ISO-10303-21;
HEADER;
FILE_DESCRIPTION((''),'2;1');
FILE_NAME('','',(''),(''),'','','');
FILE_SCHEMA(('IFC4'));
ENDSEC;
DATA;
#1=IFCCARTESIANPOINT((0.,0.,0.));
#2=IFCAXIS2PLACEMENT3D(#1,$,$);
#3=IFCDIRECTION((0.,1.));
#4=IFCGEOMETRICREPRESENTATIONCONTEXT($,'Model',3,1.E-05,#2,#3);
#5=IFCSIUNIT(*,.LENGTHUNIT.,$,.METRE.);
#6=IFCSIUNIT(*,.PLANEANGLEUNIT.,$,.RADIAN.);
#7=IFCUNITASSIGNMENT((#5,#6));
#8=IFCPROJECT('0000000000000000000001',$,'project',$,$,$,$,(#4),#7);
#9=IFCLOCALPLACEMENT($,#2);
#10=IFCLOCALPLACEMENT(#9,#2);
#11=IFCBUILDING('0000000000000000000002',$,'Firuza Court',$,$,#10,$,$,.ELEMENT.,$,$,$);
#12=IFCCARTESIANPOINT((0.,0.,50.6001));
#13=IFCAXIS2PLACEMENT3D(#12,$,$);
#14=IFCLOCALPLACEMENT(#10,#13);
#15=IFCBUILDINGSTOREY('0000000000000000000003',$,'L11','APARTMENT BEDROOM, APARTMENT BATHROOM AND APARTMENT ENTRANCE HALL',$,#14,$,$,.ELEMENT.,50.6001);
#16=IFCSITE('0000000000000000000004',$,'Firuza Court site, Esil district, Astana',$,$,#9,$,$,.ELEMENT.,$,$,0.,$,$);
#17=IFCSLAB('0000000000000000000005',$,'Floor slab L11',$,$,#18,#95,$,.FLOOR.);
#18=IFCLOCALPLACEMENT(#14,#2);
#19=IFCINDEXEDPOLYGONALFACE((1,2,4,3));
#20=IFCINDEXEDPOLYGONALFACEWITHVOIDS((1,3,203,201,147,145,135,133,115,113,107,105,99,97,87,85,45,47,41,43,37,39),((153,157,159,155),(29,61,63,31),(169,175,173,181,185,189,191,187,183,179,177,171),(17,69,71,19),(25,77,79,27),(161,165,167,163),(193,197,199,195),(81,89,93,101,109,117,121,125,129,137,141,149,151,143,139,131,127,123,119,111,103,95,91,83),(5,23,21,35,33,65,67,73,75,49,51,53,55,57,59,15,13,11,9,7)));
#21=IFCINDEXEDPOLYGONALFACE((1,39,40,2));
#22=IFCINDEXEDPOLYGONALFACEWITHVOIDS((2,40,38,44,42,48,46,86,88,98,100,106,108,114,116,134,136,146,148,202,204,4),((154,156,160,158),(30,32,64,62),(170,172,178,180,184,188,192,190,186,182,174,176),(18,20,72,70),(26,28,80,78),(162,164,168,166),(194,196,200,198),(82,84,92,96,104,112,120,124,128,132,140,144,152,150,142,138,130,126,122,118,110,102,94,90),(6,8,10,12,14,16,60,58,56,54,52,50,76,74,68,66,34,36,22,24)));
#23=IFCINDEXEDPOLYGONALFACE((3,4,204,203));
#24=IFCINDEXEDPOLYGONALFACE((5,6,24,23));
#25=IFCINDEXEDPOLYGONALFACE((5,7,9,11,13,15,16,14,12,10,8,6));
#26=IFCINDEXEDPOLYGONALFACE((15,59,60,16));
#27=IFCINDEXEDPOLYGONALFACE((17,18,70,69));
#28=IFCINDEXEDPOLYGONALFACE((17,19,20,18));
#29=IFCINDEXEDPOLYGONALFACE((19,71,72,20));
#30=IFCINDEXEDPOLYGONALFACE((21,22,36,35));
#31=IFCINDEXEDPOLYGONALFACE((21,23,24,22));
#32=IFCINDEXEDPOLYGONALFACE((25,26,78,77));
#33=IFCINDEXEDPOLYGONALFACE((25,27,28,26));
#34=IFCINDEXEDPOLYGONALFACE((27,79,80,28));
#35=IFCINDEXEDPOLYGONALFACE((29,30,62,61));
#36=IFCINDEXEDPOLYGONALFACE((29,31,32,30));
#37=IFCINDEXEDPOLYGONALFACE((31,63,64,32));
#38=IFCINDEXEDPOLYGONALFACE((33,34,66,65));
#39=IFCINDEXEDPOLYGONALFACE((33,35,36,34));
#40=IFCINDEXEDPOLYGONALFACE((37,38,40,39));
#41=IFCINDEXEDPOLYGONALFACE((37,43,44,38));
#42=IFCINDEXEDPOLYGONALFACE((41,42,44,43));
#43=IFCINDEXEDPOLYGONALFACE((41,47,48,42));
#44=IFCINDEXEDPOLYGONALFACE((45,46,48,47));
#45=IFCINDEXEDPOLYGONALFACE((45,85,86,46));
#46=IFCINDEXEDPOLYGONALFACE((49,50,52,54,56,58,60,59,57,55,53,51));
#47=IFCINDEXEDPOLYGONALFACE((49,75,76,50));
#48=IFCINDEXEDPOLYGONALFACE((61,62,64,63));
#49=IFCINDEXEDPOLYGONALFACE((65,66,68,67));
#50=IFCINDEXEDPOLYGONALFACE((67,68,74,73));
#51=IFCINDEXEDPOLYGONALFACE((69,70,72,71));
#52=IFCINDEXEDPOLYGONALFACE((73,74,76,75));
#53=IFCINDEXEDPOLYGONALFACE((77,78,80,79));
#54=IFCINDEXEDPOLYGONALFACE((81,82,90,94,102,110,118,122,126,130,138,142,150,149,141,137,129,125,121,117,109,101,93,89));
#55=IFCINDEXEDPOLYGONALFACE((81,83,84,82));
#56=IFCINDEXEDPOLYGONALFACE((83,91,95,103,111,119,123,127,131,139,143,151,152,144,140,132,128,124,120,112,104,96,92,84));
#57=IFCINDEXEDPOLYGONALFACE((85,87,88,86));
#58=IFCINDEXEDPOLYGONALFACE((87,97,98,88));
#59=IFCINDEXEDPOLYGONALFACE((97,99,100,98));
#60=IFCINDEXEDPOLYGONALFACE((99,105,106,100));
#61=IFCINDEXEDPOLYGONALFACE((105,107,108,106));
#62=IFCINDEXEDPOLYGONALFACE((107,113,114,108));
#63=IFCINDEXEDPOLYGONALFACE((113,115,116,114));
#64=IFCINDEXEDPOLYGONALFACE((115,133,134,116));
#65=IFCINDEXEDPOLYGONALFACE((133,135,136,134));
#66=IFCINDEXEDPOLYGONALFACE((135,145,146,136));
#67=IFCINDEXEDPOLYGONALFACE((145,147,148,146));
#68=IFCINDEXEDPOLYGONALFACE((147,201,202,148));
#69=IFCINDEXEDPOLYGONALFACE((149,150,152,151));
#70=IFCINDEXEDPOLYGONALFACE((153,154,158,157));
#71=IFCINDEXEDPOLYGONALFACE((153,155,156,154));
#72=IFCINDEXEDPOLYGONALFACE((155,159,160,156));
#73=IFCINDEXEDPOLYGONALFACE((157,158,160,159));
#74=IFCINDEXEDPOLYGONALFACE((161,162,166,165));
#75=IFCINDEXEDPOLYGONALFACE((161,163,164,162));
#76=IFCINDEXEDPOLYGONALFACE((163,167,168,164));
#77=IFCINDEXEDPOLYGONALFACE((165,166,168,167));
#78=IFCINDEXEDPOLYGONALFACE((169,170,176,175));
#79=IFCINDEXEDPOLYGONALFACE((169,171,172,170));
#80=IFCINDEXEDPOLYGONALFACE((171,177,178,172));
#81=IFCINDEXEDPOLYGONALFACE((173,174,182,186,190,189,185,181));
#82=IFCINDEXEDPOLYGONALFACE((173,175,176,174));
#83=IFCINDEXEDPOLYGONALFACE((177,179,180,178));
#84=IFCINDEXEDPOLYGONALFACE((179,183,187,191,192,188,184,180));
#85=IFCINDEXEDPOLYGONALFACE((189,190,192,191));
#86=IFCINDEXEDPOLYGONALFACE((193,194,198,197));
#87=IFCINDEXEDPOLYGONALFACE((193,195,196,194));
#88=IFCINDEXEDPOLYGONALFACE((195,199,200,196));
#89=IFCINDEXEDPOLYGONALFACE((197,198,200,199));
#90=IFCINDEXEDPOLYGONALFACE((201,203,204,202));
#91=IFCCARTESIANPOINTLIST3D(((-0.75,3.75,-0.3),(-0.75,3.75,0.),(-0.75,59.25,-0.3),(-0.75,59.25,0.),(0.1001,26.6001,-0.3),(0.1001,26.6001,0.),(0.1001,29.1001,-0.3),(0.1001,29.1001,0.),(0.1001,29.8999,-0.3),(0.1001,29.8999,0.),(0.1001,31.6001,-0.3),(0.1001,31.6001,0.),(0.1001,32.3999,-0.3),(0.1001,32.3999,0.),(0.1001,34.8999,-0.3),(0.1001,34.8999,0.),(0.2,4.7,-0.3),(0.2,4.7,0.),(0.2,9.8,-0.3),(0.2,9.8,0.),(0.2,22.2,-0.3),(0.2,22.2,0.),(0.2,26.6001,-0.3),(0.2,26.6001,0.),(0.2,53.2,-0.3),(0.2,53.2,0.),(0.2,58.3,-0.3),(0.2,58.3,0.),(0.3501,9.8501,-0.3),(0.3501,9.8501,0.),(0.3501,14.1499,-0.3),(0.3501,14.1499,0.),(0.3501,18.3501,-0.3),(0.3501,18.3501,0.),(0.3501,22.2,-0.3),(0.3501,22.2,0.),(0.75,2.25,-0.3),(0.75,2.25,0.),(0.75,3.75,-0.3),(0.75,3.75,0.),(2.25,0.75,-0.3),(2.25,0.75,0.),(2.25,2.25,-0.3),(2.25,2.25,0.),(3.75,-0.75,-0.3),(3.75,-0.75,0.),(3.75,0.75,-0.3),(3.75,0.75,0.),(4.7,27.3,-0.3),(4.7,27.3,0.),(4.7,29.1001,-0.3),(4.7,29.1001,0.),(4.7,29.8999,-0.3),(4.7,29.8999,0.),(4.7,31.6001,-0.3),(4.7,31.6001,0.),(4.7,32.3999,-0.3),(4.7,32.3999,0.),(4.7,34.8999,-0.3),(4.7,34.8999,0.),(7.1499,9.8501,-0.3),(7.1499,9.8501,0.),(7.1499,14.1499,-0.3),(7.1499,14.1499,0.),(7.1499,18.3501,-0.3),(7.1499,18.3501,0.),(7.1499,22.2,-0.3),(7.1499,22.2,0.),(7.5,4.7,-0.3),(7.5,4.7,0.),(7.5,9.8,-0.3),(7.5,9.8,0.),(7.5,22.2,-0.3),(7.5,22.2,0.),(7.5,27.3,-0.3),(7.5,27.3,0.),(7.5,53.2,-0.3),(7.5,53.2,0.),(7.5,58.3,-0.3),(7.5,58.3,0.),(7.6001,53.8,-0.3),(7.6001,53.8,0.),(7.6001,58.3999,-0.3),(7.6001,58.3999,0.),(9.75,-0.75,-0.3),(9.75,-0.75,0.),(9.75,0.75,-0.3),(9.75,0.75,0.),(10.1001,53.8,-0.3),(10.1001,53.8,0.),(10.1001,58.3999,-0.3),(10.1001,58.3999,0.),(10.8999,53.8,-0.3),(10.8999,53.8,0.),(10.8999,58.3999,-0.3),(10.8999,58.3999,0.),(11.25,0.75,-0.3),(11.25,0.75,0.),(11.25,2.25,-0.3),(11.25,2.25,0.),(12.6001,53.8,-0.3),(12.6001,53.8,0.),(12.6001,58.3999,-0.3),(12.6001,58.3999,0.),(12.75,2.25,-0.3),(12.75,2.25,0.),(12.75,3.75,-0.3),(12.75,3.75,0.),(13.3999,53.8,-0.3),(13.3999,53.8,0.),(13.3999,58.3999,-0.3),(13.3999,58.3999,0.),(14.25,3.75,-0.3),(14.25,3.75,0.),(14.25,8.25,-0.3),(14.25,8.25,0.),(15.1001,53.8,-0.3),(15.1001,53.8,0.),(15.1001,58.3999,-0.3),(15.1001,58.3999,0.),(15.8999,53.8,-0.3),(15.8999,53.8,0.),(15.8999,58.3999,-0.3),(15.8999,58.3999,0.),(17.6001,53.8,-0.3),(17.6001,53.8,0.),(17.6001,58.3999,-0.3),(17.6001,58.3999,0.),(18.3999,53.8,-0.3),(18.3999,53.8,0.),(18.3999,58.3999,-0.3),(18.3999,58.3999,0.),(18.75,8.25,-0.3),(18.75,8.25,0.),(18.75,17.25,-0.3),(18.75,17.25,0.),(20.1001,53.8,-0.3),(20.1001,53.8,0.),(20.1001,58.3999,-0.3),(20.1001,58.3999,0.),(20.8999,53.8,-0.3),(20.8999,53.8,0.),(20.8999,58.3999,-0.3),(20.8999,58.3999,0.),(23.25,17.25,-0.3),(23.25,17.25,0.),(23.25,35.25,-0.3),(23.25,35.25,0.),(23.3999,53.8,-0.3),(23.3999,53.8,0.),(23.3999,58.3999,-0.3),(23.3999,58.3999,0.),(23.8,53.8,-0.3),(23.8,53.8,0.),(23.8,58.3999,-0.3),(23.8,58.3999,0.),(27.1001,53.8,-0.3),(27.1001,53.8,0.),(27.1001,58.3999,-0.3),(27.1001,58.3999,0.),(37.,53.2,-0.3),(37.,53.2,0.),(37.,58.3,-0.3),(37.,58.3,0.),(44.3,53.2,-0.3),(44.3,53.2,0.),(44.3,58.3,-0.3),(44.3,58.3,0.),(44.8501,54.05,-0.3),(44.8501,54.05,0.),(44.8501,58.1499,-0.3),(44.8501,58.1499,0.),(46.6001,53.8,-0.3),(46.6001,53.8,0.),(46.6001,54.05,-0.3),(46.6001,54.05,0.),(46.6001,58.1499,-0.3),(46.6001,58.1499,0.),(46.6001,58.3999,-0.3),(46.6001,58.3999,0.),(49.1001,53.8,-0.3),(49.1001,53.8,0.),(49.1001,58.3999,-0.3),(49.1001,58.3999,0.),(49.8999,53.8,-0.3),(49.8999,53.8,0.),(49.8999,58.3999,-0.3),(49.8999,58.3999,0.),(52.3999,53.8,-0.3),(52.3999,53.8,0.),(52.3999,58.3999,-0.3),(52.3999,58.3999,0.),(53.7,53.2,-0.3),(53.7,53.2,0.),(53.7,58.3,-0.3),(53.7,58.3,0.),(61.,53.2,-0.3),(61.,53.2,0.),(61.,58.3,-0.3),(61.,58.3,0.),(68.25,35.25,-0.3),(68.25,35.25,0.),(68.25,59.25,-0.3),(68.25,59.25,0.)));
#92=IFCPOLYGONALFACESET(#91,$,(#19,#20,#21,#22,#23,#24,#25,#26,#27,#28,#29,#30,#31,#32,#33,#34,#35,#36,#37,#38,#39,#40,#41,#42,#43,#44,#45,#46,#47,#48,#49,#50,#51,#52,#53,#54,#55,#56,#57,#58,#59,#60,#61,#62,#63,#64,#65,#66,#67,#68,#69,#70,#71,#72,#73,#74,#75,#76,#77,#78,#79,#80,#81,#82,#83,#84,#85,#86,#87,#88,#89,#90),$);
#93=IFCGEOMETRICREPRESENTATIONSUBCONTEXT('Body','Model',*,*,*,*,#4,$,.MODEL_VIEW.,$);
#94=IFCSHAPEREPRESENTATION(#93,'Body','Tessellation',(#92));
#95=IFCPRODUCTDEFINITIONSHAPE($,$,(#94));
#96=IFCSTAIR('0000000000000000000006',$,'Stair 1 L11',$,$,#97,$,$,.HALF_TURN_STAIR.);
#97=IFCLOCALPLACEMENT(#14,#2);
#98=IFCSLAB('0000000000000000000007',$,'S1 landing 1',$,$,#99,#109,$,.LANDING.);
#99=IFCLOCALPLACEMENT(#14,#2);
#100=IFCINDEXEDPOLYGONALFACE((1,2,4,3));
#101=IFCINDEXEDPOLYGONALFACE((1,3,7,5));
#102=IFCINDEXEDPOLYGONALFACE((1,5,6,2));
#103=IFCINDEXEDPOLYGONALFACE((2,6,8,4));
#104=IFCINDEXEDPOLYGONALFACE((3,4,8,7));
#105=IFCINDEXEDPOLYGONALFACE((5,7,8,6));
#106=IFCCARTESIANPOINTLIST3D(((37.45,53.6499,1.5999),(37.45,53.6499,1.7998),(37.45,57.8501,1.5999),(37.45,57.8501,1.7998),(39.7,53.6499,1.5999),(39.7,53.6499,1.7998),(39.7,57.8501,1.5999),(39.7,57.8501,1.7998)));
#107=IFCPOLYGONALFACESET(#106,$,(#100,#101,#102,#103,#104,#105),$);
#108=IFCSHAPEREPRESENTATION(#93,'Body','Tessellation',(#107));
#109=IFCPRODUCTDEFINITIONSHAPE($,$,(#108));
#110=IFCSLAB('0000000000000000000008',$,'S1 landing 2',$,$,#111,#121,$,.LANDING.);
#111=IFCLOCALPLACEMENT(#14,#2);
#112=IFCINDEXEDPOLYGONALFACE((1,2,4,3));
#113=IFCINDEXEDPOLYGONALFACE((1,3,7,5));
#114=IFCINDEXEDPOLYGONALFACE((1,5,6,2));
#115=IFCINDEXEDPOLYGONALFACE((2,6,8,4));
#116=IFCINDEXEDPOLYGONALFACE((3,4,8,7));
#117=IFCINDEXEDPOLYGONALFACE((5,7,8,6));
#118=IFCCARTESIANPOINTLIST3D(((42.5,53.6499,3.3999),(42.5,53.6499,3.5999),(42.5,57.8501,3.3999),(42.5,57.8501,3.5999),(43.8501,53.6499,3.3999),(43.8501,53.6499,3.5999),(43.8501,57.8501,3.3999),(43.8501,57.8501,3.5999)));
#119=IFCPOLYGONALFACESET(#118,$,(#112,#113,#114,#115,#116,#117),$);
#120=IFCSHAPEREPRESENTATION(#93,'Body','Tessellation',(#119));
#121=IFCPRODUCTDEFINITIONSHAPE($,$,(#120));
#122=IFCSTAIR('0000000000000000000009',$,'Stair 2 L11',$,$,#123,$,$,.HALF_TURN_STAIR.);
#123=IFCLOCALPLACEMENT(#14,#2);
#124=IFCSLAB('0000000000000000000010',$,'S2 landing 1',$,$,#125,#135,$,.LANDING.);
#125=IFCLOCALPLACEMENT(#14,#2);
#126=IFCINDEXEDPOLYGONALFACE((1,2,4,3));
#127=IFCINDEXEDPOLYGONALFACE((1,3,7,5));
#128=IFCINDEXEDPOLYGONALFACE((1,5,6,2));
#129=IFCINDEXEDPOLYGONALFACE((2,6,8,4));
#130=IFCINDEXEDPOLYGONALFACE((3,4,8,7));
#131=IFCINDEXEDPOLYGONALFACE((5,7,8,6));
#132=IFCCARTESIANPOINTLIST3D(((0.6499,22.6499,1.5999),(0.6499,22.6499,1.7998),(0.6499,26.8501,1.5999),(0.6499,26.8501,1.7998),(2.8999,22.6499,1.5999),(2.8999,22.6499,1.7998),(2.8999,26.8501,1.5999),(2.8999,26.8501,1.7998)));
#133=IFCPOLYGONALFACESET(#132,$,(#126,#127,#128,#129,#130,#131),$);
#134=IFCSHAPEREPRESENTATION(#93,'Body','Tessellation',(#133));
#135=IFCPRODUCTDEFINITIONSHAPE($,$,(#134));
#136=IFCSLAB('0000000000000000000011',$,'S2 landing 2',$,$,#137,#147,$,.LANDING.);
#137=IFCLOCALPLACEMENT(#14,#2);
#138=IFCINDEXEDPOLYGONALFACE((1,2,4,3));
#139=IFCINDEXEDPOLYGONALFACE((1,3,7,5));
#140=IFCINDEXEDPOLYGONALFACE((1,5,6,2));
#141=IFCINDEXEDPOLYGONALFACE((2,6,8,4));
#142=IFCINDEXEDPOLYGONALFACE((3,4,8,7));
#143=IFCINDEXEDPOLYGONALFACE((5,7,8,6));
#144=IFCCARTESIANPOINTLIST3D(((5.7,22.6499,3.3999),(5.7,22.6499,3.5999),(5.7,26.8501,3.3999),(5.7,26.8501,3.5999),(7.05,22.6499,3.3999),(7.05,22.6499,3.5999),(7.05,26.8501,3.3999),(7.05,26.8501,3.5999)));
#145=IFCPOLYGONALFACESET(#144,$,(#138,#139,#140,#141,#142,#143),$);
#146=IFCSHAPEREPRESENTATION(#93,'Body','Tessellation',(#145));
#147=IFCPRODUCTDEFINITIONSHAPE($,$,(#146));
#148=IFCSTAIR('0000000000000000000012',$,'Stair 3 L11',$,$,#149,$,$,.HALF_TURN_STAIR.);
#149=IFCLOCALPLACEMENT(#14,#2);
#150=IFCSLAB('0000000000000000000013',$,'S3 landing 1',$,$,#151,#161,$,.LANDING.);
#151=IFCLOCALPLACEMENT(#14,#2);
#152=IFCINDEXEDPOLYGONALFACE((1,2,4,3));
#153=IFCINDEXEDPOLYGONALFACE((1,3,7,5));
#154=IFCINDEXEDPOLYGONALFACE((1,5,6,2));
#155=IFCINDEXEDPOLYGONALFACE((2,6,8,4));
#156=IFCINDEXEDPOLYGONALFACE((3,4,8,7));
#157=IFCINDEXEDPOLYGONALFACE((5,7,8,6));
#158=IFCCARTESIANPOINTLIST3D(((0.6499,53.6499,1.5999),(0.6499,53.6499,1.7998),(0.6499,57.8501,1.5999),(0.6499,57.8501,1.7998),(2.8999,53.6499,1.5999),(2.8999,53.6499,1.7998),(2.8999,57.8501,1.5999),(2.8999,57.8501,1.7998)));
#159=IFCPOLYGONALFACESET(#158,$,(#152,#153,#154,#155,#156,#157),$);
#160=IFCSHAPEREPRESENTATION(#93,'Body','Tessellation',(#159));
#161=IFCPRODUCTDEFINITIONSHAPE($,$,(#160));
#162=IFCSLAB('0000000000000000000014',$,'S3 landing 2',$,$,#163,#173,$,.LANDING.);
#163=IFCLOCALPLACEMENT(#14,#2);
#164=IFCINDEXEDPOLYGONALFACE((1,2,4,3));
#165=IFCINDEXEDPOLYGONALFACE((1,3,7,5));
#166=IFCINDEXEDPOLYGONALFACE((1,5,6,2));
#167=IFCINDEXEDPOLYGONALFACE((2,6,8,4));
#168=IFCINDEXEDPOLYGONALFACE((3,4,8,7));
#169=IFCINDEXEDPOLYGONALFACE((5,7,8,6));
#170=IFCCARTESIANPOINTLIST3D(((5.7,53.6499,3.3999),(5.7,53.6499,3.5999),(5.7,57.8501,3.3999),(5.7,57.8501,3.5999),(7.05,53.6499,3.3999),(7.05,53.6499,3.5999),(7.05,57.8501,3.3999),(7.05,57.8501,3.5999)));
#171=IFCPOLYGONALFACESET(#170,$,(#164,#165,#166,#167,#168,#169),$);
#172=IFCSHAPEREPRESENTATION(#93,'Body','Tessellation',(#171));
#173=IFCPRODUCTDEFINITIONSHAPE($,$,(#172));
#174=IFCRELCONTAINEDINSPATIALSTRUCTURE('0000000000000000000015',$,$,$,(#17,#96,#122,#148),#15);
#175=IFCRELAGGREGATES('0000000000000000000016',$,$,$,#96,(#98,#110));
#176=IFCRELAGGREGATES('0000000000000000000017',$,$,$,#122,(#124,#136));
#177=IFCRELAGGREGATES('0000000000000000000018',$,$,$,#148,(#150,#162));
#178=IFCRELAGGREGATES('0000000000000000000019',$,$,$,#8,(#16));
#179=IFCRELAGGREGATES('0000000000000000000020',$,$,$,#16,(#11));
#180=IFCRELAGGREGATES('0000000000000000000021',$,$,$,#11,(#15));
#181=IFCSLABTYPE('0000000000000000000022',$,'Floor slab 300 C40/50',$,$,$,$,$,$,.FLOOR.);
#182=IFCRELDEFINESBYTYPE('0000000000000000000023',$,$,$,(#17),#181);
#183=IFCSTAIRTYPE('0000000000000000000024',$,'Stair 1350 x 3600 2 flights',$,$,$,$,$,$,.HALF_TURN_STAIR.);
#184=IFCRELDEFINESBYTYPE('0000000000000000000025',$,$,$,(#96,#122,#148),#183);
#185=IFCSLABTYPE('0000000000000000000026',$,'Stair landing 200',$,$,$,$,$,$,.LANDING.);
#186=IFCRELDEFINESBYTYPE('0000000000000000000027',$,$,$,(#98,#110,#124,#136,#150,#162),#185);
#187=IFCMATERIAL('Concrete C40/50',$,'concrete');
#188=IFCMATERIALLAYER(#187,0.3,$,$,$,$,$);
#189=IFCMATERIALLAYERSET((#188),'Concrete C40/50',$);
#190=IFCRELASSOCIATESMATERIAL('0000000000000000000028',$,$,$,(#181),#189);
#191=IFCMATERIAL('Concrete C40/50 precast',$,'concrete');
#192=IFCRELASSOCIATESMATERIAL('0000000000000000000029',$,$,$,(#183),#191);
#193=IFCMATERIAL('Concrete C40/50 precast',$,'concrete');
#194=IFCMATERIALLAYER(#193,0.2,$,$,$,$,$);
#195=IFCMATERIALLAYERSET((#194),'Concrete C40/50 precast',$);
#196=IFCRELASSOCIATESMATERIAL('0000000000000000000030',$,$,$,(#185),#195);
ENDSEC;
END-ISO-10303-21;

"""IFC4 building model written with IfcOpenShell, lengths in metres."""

from ifc_helpers import new_model, si_unit, direction, frame, origin, place, context, subcontext, project, spatial, polyline, outline, extrude, material, layer, layer_set, type_object, element, aggregate, save


model = new_model("IFC4")

# Units and contexts
model_context = context("Model", 3, precision=1e-05, world=origin(), true_north=direction((0.0, 1.0)))
body_context = subcontext(model_context, "Body", "Model", "MODEL_VIEW")
ifc_project = project(units=[si_unit("LENGTHUNIT", "METRE"), si_unit("PLANEANGLEUNIT", "RADIAN")], contexts=[model_context])

# Site, building, storey
site_placement = place(None, origin())
site = spatial("IfcSite", under=ifc_project, at=site_placement, Name="Firuza Court site, Esil district, Astana", CompositionType="ELEMENT", RefElevation=0.0)
building_placement = place(site_placement, origin())
building = spatial("IfcBuilding", under=site, at=building_placement, Name="Firuza Court", CompositionType="ELEMENT")
storey_placement = place(building_placement, frame((0.0, 0.0, 50.6001)))
storey = spatial("IfcBuildingStorey", under=building, at=storey_placement, Name="L11", Description="APARTMENT BEDROOM, APARTMENT BATHROOM AND APARTMENT ENTRANCE HALL", CompositionType="ELEMENT", Elevation=50.6001)

# Slab
ifc_material_1 = material(Name="Concrete C40/50", Category="concrete")
ifc_layer_1 = layer(ifc_material_1, 0.3)
ifc_layer_set_1 = layer_set([ifc_layer_1], Name="Concrete C40/50")
slab_type_1 = type_object("IfcSlabType", Name="Floor slab 300 C40/50", PredefinedType="FLOOR", material=ifc_layer_set_1)
slab_1_placement = place(storey_placement, frame((0.0, 0.0, -0.3)))
element("IfcSlab", 1, at=slab_1_placement, inside=storey, type_object=slab_type_1, Name="Floor slab L11", PredefinedType="FLOOR", context=body_context, shape_type="SweptSolid", body=[
    extrude(outline(polyline([(3.75, -0.75), (3.75, 0.75), (2.25, 0.75), (2.25, 2.25), (0.75, 2.25), (0.75, 3.75), (-0.75, 3.75), (-0.75, 59.25), (68.25, 59.25), (68.25, 35.25), (23.25, 35.25), (23.25, 17.25), (18.75, 17.25), (18.75, 8.25), (14.25, 8.25), (14.25, 3.75), (12.75, 3.75), (12.75, 2.25), (11.25, 2.25), (11.25, 0.75), (9.75, 0.75), (9.75, -0.75), (3.75, -0.75)]), holes=[polyline([(7.5, 9.8), (0.2, 9.8), (0.2, 4.7), (7.5, 4.7), (7.5, 9.8)]), polyline([(7.1499, 14.1499), (0.3501, 14.1499), (0.3501, 9.8501), (7.1499, 9.8501), (7.1499, 14.1499)]), polyline([(0.2, 22.2), (0.3501, 22.2), (0.3501, 18.3501), (7.1499, 18.3501), (7.1499, 22.2), (7.5, 22.2), (7.5, 27.3), (4.7, 27.3), (4.7, 29.1001), (4.7, 29.8999), (4.7, 31.6001), (4.7, 32.3999), (4.7, 34.8999), (0.1001, 34.8999), (0.1001, 32.3999), (0.1001, 31.6001), (0.1001, 29.8999), (0.1001, 29.1001), (0.1001, 26.6001), (0.2, 26.6001), (0.2, 22.2)]), polyline([(7.5, 58.3), (0.2, 58.3), (0.2, 53.2), (7.5, 53.2), (7.5, 58.3)]), polyline([(10.1001, 58.3999), (7.6001, 58.3999), (7.6001, 53.8), (10.1001, 53.8), (10.8999, 53.8), (12.6001, 53.8), (13.3999, 53.8), (15.1001, 53.8), (15.8999, 53.8), (17.6001, 53.8), (18.3999, 53.8), (20.1001, 53.8), (20.8999, 53.8), (23.3999, 53.8), (23.3999, 58.3999), (20.8999, 58.3999), (20.1001, 58.3999), (18.3999, 58.3999), (17.6001, 58.3999), (15.8999, 58.3999), (15.1001, 58.3999), (13.3999, 58.3999), (12.6001, 58.3999), (10.8999, 58.3999), (10.1001, 58.3999)]), polyline([(44.3, 58.3), (37.0, 58.3), (37.0, 53.2), (44.3, 53.2), (44.3, 58.3)]), polyline([(61.0, 58.3), (53.7, 58.3), (53.7, 53.2), (61.0, 53.2), (61.0, 58.3)]), polyline([(27.1001, 58.3999), (23.8, 58.3999), (23.8, 53.8), (27.1001, 53.8), (27.1001, 58.3999)]), polyline([(46.6001, 58.1499), (44.8501, 58.1499), (44.8501, 54.05), (46.6001, 54.05), (46.6001, 53.8), (49.1001, 53.8), (49.8999, 53.8), (52.3999, 53.8), (52.3999, 58.3999), (49.8999, 58.3999), (49.1001, 58.3999), (46.6001, 58.3999), (46.6001, 58.1499)])]), origin(), (0.0, 0.0, 1.0), 0.3),
])

# Stairs, slabs
ifc_material_2 = material(Name="Concrete C40/50 precast", Category="concrete")
stair_type = type_object("IfcStairType", Name="Stair 1350 x 3600 2 flights", PredefinedType="HALF_TURN_STAIR", material=ifc_material_2)
stair_1_placement = place(storey_placement, origin())
stair_1 = element("IfcStair", 2, at=stair_1_placement, inside=storey, type_object=stair_type, Name="Stair 1 L11", PredefinedType="HALF_TURN_STAIR")
ifc_material_3 = material(Name="Concrete C40/50 precast", Category="concrete")
ifc_layer_2 = layer(ifc_material_3, 0.2)
ifc_layer_set_2 = layer_set([ifc_layer_2], Name="Concrete C40/50 precast")
slab_type_2 = type_object("IfcSlabType", Name="Stair landing 200", PredefinedType="LANDING", material=ifc_layer_set_2)
slab_2_placement = place(storey_placement, frame((0.0, 0.0, 1.5999)))
slab_2 = element("IfcSlab", 3, at=slab_2_placement, type_object=slab_type_2, Name="S1 landing 1", PredefinedType="LANDING", context=body_context, shape_type="SweptSolid", body=[
    extrude(outline(polyline([(39.7, 53.6499), (39.7, 57.8501), (37.45, 57.8501), (37.45, 53.6499), (39.7, 53.6499)])), origin(), (0.0, 0.0, 1.0), 0.2),
])
slab_3_placement = place(storey_placement, frame((0.0, 0.0, 3.3999)))
slab_3 = element("IfcSlab", 4, at=slab_3_placement, type_object=slab_type_2, Name="S1 landing 2", PredefinedType="LANDING", context=body_context, shape_type="SweptSolid", body=[
    extrude(outline(polyline([(43.8501, 53.6499), (43.8501, 57.8501), (42.5, 57.8501), (42.5, 53.6499), (43.8501, 53.6499)])), origin(), (0.0, 0.0, 1.0), 0.2),
])
aggregate(stair_1, [slab_2, slab_3])
stair_2_placement = place(storey_placement, origin())
stair_2 = element("IfcStair", 5, at=stair_2_placement, inside=storey, type_object=stair_type, Name="Stair 2 L11", PredefinedType="HALF_TURN_STAIR")
slab_4_placement = place(storey_placement, frame((0.0, 0.0, 1.5999)))
slab_4 = element("IfcSlab", 6, at=slab_4_placement, type_object=slab_type_2, Name="S2 landing 1", PredefinedType="LANDING", context=body_context, shape_type="SweptSolid", body=[
    extrude(outline(polyline([(2.8999, 22.6499), (2.8999, 26.8501), (0.6499, 26.8501), (0.6499, 22.6499), (2.8999, 22.6499)])), origin(), (0.0, 0.0, 1.0), 0.2),
])
slab_5_placement = place(storey_placement, frame((0.0, 0.0, 3.3999)))
slab_5 = element("IfcSlab", 7, at=slab_5_placement, type_object=slab_type_2, Name="S2 landing 2", PredefinedType="LANDING", context=body_context, shape_type="SweptSolid", body=[
    extrude(outline(polyline([(7.05, 22.6499), (7.05, 26.8501), (5.7, 26.8501), (5.7, 22.6499), (7.05, 22.6499)])), origin(), (0.0, 0.0, 1.0), 0.2),
])
aggregate(stair_2, [slab_4, slab_5])
stair_3_placement = place(storey_placement, origin())
stair_3 = element("IfcStair", 8, at=stair_3_placement, inside=storey, type_object=stair_type, Name="Stair 3 L11", PredefinedType="HALF_TURN_STAIR")
slab_6_placement = place(storey_placement, frame((0.0, 0.0, 1.5999)))
slab_6 = element("IfcSlab", 9, at=slab_6_placement, type_object=slab_type_2, Name="S3 landing 1", PredefinedType="LANDING", context=body_context, shape_type="SweptSolid", body=[
    extrude(outline(polyline([(2.8999, 53.6499), (2.8999, 57.8501), (0.6499, 57.8501), (0.6499, 53.6499), (2.8999, 53.6499)])), origin(), (0.0, 0.0, 1.0), 0.2),
])
slab_7_placement = place(storey_placement, frame((0.0, 0.0, 3.3999)))
slab_7 = element("IfcSlab", 10, at=slab_7_placement, type_object=slab_type_2, Name="S3 landing 2", PredefinedType="LANDING", context=body_context, shape_type="SweptSolid", body=[
    extrude(outline(polyline([(7.05, 53.6499), (7.05, 57.8501), (5.7, 57.8501), (5.7, 53.6499), (7.05, 53.6499)])), origin(), (0.0, 0.0, 1.0), 0.2),
])
aggregate(stair_3, [slab_6, slab_7])

save(model, "model.ifc")
